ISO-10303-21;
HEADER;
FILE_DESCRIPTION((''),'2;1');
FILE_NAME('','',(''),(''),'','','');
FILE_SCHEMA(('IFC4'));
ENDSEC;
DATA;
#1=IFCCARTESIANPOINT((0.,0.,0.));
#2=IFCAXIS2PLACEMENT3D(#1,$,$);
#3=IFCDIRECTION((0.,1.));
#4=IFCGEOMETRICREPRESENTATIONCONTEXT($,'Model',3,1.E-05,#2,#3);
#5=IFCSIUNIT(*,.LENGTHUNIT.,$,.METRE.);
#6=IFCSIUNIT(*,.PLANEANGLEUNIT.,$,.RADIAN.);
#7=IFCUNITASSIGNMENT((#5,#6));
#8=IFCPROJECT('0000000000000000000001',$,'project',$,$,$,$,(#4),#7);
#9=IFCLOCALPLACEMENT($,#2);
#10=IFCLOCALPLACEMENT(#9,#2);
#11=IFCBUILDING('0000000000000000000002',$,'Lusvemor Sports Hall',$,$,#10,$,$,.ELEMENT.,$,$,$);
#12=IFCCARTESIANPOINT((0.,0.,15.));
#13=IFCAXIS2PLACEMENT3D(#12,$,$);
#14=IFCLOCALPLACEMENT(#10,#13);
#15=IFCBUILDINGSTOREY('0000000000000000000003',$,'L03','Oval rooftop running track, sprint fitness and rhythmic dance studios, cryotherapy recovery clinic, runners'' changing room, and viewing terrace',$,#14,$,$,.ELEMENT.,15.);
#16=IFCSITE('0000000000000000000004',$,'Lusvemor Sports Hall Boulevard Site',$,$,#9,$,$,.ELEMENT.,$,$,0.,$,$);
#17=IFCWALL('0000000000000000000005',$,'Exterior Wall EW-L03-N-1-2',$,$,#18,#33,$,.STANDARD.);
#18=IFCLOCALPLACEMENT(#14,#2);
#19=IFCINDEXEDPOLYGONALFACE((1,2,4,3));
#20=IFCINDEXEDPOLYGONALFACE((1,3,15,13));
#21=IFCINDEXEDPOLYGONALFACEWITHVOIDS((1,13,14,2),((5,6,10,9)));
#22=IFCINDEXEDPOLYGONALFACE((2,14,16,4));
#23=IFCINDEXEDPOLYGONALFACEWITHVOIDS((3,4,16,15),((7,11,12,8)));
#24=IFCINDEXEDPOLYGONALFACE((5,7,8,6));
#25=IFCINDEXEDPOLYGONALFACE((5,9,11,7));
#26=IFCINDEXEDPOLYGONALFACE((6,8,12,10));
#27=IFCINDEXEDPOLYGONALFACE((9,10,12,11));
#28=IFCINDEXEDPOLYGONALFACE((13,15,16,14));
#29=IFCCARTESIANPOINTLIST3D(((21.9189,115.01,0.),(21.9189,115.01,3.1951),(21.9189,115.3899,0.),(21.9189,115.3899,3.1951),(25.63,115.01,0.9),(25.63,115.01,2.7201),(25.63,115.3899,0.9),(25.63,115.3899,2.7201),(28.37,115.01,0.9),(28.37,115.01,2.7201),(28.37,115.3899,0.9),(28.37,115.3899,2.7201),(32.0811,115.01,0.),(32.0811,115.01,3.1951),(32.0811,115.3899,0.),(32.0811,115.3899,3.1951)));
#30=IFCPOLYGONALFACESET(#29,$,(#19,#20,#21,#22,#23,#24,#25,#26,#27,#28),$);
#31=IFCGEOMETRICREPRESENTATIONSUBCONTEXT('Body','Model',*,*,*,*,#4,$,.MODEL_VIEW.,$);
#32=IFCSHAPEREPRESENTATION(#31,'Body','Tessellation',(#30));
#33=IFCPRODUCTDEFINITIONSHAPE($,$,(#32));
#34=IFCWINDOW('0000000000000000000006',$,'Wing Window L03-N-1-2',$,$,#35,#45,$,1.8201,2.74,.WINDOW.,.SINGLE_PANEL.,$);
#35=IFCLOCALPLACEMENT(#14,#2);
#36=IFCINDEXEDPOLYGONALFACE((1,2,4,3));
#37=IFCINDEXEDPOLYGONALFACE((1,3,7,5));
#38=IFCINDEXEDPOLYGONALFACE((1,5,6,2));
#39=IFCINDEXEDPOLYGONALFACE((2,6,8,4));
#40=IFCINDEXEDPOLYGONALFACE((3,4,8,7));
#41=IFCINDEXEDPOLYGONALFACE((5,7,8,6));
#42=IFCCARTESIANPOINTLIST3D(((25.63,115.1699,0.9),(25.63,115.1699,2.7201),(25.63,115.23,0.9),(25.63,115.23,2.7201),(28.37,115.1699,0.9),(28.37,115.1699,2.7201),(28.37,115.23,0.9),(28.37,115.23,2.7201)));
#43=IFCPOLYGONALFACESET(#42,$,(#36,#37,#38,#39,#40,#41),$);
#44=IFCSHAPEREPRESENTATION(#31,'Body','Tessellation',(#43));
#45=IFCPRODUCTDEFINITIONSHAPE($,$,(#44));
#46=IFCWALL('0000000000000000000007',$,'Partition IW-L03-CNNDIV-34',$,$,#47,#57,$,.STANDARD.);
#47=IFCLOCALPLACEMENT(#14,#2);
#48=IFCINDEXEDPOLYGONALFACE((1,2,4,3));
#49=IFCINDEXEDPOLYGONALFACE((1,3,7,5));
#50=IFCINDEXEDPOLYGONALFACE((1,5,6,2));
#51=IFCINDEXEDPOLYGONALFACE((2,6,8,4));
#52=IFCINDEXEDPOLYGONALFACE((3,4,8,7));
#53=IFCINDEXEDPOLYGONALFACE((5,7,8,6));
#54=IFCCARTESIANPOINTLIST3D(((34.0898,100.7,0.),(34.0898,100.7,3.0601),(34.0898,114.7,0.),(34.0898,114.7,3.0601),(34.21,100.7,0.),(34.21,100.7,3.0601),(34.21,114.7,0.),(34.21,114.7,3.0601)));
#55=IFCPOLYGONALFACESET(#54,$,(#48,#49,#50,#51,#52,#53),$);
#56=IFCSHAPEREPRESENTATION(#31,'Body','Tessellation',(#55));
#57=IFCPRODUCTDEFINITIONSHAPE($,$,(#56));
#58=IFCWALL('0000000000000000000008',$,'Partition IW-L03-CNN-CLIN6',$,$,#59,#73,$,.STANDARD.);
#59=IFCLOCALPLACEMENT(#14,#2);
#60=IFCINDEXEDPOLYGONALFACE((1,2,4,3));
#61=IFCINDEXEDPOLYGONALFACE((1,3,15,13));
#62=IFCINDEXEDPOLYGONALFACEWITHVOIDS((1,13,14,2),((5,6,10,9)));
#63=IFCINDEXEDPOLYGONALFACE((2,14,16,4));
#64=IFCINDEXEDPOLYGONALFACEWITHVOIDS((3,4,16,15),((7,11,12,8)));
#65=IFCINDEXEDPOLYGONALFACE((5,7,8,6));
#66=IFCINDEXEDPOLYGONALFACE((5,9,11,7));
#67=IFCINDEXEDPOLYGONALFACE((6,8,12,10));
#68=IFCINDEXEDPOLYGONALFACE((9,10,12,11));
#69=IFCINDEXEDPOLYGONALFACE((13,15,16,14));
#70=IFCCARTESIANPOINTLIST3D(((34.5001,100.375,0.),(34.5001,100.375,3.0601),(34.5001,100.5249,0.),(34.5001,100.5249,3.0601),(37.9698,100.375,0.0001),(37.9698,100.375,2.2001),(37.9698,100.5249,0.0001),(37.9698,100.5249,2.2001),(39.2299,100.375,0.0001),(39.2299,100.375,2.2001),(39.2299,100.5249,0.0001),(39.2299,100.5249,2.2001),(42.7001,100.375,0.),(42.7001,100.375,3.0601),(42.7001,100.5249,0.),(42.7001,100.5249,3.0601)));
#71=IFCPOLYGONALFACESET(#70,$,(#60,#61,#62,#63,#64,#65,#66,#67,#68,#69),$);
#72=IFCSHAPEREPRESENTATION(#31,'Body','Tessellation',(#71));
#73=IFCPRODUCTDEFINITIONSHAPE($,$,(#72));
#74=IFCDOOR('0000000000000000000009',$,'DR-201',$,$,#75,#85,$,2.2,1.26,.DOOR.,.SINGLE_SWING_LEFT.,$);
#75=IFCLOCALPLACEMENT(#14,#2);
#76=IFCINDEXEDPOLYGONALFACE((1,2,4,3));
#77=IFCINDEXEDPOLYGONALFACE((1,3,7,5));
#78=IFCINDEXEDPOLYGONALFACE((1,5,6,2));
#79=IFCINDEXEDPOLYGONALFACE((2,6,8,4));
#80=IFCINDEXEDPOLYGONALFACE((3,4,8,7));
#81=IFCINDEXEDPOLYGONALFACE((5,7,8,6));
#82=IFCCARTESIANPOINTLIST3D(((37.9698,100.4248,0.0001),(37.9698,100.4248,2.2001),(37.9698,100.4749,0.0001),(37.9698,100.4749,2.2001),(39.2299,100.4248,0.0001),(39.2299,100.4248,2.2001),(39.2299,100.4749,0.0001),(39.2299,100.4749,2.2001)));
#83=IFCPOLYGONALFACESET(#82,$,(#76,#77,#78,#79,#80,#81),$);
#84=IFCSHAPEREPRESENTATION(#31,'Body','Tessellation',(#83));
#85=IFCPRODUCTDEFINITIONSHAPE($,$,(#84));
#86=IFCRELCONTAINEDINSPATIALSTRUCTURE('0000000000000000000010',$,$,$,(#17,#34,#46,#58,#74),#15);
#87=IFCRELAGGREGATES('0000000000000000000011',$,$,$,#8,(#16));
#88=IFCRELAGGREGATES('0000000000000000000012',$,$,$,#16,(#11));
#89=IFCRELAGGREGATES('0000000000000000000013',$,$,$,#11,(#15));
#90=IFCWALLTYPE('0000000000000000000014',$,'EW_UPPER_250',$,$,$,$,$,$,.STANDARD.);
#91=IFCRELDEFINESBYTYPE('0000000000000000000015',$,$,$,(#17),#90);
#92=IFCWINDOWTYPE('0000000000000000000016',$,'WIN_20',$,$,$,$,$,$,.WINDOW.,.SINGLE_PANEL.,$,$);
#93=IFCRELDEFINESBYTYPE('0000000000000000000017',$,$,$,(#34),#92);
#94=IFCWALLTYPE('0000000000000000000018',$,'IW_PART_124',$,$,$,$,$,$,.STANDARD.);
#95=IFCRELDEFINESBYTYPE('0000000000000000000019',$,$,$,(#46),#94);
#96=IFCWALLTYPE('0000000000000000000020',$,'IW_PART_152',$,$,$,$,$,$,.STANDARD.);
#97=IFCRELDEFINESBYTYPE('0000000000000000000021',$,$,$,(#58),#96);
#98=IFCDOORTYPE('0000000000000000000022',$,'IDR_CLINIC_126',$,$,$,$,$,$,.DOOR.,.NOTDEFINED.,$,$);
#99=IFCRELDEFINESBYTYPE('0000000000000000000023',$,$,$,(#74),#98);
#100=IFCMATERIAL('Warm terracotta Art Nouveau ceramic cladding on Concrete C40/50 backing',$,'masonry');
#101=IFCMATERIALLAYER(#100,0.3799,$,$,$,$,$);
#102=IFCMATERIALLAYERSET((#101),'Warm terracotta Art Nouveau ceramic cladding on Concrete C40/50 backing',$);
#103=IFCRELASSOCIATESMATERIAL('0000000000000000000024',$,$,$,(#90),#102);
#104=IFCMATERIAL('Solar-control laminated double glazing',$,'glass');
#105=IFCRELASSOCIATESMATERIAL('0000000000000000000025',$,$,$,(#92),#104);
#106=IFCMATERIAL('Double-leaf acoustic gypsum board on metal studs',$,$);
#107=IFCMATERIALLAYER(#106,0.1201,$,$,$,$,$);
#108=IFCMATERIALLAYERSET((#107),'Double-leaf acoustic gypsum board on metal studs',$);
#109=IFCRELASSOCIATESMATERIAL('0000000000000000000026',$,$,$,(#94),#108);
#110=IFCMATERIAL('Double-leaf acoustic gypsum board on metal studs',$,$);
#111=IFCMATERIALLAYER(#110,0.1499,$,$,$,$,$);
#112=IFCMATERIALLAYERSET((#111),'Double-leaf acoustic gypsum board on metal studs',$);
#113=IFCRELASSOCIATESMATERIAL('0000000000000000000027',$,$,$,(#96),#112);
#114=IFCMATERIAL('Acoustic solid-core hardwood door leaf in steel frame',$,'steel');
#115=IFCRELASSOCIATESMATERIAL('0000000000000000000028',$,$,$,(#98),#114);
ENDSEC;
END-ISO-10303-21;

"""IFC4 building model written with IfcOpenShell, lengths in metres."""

from ifc_helpers import new_model, si_unit, direction, frame, frame_2d, origin, place, context, subcontext, project, spatial, rectangle, extrude, material, layer, layer_set, type_object, element, fill, save


model = new_model("IFC4")

# Units and contexts
model_context = context("Model", 3, precision=1e-05, world=origin(), true_north=direction((0.0, 1.0)))
body_context = subcontext(model_context, "Body", "Model", "MODEL_VIEW")
ifc_project = project(units=[si_unit("LENGTHUNIT", "METRE"), si_unit("PLANEANGLEUNIT", "RADIAN")], contexts=[model_context])

# Site, building, storey
site_placement = place(None, origin())
site = spatial("IfcSite", under=ifc_project, at=site_placement, Name="Lusvemor Sports Hall Boulevard Site", CompositionType="ELEMENT", RefElevation=0.0)
building_placement = place(site_placement, origin())
building = spatial("IfcBuilding", under=site, at=building_placement, Name="Lusvemor Sports Hall", CompositionType="ELEMENT")
storey_placement = place(building_placement, frame((0.0, 0.0, 15.0)))
storey = spatial("IfcBuildingStorey", under=building, at=storey_placement, Name="L03", Description="Oval rooftop running track, sprint fitness and rhythmic dance studios, cryotherapy recovery clinic, runners' changing room, and viewing terrace", CompositionType="ELEMENT", Elevation=15.0)

# Wall, opening, window
ifc_material_1 = material(Name="Warm terracotta Art Nouveau ceramic cladding on Concrete C40/50 backing", Category="masonry")
ifc_layer_1 = layer(ifc_material_1, 0.3799)
ifc_layer_set_1 = layer_set([ifc_layer_1], Name="Warm terracotta Art Nouveau ceramic cladding on Concrete C40/50 backing")
wall_type_1 = type_object("IfcWallType", Name="EW_UPPER_250", PredefinedType="STANDARD", material=ifc_layer_set_1)
wall_1_placement = place(storey_placement, frame((21.9189, 115.2, 0.0), z_axis=(0.0, 0.0, 1.0), x_axis=(1.0, 0.0, 0.0)))
wall_1 = element("IfcWall", 1, at=wall_1_placement, inside=storey, type_object=wall_type_1, Name="Exterior Wall EW-L03-N-1-2", PredefinedType="STANDARD", context=body_context, shape_type="SweptSolid", body=[
    extrude(rectangle(XDim=10.1621, YDim=0.3799, at=frame_2d((5.0811, 0.0))), origin(), (0.0, 0.0, 1.0), 3.1951),
])
opening_1_placement = place(wall_1_placement, frame((3.7109, 0.0, 0.8999)))
opening_1 = element("IfcOpeningElement", 2, at=opening_1_placement, cuts=wall_1, PredefinedType="OPENING", context=body_context, shape_type="SweptSolid", body=[
    extrude(rectangle(XDim=2.74, YDim=1.8201, at=frame_2d((1.3701, 0.9102))), frame((0.0, 0.1899, 0.0), z_axis=(0.0, -1.0, 0.0), x_axis=(1.0, 0.0, 0.0)), (0.0, 0.0, 1.0), 0.3799),
])
ifc_material_2 = material(Name="Solar-control laminated double glazing", Category="glass")
window_type = type_object("IfcWindowType", Name="WIN_20", PartitioningType="SINGLE_PANEL", PredefinedType="WINDOW", material=ifc_material_2)
window_placement = place(opening_1_placement, origin())
window = element("IfcWindow", 3, at=window_placement, inside=storey, type_object=window_type, Name="Wing Window L03-N-1-2", OverallHeight=1.8201, OverallWidth=2.74, PartitioningType="SINGLE_PANEL", PredefinedType="WINDOW", context=body_context, shape_type="SweptSolid", body=[
    extrude(rectangle(XDim=2.74, YDim=1.8201, at=frame_2d((1.3701, 0.9102))), frame((0.0, 0.03, 0.0), z_axis=(0.0, -1.0, 0.0), x_axis=(1.0, 0.0, 0.0)), (0.0, 0.0, 1.0), 0.0601),
])
fill(opening_1, window)

# Wall
ifc_material_3 = material(Name="Double-leaf acoustic gypsum board on metal studs")
ifc_layer_2 = layer(ifc_material_3, 0.1201)
ifc_layer_set_2 = layer_set([ifc_layer_2], Name="Double-leaf acoustic gypsum board on metal studs")
wall_type_2 = type_object("IfcWallType", Name="IW_PART_124", PredefinedType="STANDARD", material=ifc_layer_set_2)
wall_2_placement = place(storey_placement, frame((34.1499, 100.7, 0.0), z_axis=(0.0, 0.0, 1.0), x_axis=(0.0, 1.0, 0.0)))
element("IfcWall", 4, at=wall_2_placement, inside=storey, type_object=wall_type_2, Name="Partition IW-L03-CNNDIV-34", PredefinedType="STANDARD", context=body_context, shape_type="SweptSolid", body=[
    extrude(rectangle(XDim=14.0, YDim=0.1201, at=frame_2d((7.0, 0.0))), origin(), (0.0, 0.0, 1.0), 3.0601),
])

# Wall, opening, door
ifc_material_4 = material(Name="Double-leaf acoustic gypsum board on metal studs")
ifc_layer_3 = layer(ifc_material_4, 0.1499)
ifc_layer_set_3 = layer_set([ifc_layer_3], Name="Double-leaf acoustic gypsum board on metal studs")
wall_type_3 = type_object("IfcWallType", Name="IW_PART_152", PredefinedType="STANDARD", material=ifc_layer_set_3)
wall_3_placement = place(storey_placement, frame((34.5, 100.45, 0.0), z_axis=(0.0, 0.0, 1.0), x_axis=(1.0, 0.0, 0.0)))
wall_3 = element("IfcWall", 5, at=wall_3_placement, inside=storey, type_object=wall_type_3, Name="Partition IW-L03-CNN-CLIN6", PredefinedType="STANDARD", context=body_context, shape_type="SweptSolid", body=[
    extrude(rectangle(XDim=8.2, YDim=0.1499, at=frame_2d((4.1001, 0.0))), origin(), (0.0, 0.0, 1.0), 3.0601),
])
opening_2_placement = place(wall_3_placement, frame((3.47, 0.0, 0.0)))
opening_2 = element("IfcOpeningElement", 6, at=opening_2_placement, cuts=wall_3, PredefinedType="OPENING", context=body_context, shape_type="SweptSolid", body=[
    extrude(rectangle(XDim=1.26, YDim=2.2, at=frame_2d((0.6299, 1.1001))), frame((0.0, 0.075, 0.0), z_axis=(0.0, -1.0, 0.0), x_axis=(1.0, 0.0, 0.0)), (0.0, 0.0, 1.0), 0.1499),
])
ifc_material_5 = material(Name="Acoustic solid-core hardwood door leaf in steel frame", Category="steel")
door_type = type_object("IfcDoorType", Name="IDR_CLINIC_126", OperationType="NOTDEFINED", PredefinedType="DOOR", material=ifc_material_5)
door_placement = place(opening_2_placement, origin())
door = element("IfcDoor", 7, at=door_placement, inside=storey, type_object=door_type, Name="DR-201", OperationType="SINGLE_SWING_LEFT", OverallHeight=2.2, OverallWidth=1.26, PredefinedType="DOOR", context=body_context, shape_type="SweptSolid", body=[
    extrude(rectangle(XDim=1.26, YDim=2.2, at=frame_2d((0.6299, 1.1001))), frame((0.0, 0.0249, 0.0), z_axis=(0.0, -1.0, 0.0), x_axis=(1.0, 0.0, 0.0)), (0.0, 0.0, 1.0), 0.05),
])
fill(opening_2, door)

save(model, "model.ifc")
